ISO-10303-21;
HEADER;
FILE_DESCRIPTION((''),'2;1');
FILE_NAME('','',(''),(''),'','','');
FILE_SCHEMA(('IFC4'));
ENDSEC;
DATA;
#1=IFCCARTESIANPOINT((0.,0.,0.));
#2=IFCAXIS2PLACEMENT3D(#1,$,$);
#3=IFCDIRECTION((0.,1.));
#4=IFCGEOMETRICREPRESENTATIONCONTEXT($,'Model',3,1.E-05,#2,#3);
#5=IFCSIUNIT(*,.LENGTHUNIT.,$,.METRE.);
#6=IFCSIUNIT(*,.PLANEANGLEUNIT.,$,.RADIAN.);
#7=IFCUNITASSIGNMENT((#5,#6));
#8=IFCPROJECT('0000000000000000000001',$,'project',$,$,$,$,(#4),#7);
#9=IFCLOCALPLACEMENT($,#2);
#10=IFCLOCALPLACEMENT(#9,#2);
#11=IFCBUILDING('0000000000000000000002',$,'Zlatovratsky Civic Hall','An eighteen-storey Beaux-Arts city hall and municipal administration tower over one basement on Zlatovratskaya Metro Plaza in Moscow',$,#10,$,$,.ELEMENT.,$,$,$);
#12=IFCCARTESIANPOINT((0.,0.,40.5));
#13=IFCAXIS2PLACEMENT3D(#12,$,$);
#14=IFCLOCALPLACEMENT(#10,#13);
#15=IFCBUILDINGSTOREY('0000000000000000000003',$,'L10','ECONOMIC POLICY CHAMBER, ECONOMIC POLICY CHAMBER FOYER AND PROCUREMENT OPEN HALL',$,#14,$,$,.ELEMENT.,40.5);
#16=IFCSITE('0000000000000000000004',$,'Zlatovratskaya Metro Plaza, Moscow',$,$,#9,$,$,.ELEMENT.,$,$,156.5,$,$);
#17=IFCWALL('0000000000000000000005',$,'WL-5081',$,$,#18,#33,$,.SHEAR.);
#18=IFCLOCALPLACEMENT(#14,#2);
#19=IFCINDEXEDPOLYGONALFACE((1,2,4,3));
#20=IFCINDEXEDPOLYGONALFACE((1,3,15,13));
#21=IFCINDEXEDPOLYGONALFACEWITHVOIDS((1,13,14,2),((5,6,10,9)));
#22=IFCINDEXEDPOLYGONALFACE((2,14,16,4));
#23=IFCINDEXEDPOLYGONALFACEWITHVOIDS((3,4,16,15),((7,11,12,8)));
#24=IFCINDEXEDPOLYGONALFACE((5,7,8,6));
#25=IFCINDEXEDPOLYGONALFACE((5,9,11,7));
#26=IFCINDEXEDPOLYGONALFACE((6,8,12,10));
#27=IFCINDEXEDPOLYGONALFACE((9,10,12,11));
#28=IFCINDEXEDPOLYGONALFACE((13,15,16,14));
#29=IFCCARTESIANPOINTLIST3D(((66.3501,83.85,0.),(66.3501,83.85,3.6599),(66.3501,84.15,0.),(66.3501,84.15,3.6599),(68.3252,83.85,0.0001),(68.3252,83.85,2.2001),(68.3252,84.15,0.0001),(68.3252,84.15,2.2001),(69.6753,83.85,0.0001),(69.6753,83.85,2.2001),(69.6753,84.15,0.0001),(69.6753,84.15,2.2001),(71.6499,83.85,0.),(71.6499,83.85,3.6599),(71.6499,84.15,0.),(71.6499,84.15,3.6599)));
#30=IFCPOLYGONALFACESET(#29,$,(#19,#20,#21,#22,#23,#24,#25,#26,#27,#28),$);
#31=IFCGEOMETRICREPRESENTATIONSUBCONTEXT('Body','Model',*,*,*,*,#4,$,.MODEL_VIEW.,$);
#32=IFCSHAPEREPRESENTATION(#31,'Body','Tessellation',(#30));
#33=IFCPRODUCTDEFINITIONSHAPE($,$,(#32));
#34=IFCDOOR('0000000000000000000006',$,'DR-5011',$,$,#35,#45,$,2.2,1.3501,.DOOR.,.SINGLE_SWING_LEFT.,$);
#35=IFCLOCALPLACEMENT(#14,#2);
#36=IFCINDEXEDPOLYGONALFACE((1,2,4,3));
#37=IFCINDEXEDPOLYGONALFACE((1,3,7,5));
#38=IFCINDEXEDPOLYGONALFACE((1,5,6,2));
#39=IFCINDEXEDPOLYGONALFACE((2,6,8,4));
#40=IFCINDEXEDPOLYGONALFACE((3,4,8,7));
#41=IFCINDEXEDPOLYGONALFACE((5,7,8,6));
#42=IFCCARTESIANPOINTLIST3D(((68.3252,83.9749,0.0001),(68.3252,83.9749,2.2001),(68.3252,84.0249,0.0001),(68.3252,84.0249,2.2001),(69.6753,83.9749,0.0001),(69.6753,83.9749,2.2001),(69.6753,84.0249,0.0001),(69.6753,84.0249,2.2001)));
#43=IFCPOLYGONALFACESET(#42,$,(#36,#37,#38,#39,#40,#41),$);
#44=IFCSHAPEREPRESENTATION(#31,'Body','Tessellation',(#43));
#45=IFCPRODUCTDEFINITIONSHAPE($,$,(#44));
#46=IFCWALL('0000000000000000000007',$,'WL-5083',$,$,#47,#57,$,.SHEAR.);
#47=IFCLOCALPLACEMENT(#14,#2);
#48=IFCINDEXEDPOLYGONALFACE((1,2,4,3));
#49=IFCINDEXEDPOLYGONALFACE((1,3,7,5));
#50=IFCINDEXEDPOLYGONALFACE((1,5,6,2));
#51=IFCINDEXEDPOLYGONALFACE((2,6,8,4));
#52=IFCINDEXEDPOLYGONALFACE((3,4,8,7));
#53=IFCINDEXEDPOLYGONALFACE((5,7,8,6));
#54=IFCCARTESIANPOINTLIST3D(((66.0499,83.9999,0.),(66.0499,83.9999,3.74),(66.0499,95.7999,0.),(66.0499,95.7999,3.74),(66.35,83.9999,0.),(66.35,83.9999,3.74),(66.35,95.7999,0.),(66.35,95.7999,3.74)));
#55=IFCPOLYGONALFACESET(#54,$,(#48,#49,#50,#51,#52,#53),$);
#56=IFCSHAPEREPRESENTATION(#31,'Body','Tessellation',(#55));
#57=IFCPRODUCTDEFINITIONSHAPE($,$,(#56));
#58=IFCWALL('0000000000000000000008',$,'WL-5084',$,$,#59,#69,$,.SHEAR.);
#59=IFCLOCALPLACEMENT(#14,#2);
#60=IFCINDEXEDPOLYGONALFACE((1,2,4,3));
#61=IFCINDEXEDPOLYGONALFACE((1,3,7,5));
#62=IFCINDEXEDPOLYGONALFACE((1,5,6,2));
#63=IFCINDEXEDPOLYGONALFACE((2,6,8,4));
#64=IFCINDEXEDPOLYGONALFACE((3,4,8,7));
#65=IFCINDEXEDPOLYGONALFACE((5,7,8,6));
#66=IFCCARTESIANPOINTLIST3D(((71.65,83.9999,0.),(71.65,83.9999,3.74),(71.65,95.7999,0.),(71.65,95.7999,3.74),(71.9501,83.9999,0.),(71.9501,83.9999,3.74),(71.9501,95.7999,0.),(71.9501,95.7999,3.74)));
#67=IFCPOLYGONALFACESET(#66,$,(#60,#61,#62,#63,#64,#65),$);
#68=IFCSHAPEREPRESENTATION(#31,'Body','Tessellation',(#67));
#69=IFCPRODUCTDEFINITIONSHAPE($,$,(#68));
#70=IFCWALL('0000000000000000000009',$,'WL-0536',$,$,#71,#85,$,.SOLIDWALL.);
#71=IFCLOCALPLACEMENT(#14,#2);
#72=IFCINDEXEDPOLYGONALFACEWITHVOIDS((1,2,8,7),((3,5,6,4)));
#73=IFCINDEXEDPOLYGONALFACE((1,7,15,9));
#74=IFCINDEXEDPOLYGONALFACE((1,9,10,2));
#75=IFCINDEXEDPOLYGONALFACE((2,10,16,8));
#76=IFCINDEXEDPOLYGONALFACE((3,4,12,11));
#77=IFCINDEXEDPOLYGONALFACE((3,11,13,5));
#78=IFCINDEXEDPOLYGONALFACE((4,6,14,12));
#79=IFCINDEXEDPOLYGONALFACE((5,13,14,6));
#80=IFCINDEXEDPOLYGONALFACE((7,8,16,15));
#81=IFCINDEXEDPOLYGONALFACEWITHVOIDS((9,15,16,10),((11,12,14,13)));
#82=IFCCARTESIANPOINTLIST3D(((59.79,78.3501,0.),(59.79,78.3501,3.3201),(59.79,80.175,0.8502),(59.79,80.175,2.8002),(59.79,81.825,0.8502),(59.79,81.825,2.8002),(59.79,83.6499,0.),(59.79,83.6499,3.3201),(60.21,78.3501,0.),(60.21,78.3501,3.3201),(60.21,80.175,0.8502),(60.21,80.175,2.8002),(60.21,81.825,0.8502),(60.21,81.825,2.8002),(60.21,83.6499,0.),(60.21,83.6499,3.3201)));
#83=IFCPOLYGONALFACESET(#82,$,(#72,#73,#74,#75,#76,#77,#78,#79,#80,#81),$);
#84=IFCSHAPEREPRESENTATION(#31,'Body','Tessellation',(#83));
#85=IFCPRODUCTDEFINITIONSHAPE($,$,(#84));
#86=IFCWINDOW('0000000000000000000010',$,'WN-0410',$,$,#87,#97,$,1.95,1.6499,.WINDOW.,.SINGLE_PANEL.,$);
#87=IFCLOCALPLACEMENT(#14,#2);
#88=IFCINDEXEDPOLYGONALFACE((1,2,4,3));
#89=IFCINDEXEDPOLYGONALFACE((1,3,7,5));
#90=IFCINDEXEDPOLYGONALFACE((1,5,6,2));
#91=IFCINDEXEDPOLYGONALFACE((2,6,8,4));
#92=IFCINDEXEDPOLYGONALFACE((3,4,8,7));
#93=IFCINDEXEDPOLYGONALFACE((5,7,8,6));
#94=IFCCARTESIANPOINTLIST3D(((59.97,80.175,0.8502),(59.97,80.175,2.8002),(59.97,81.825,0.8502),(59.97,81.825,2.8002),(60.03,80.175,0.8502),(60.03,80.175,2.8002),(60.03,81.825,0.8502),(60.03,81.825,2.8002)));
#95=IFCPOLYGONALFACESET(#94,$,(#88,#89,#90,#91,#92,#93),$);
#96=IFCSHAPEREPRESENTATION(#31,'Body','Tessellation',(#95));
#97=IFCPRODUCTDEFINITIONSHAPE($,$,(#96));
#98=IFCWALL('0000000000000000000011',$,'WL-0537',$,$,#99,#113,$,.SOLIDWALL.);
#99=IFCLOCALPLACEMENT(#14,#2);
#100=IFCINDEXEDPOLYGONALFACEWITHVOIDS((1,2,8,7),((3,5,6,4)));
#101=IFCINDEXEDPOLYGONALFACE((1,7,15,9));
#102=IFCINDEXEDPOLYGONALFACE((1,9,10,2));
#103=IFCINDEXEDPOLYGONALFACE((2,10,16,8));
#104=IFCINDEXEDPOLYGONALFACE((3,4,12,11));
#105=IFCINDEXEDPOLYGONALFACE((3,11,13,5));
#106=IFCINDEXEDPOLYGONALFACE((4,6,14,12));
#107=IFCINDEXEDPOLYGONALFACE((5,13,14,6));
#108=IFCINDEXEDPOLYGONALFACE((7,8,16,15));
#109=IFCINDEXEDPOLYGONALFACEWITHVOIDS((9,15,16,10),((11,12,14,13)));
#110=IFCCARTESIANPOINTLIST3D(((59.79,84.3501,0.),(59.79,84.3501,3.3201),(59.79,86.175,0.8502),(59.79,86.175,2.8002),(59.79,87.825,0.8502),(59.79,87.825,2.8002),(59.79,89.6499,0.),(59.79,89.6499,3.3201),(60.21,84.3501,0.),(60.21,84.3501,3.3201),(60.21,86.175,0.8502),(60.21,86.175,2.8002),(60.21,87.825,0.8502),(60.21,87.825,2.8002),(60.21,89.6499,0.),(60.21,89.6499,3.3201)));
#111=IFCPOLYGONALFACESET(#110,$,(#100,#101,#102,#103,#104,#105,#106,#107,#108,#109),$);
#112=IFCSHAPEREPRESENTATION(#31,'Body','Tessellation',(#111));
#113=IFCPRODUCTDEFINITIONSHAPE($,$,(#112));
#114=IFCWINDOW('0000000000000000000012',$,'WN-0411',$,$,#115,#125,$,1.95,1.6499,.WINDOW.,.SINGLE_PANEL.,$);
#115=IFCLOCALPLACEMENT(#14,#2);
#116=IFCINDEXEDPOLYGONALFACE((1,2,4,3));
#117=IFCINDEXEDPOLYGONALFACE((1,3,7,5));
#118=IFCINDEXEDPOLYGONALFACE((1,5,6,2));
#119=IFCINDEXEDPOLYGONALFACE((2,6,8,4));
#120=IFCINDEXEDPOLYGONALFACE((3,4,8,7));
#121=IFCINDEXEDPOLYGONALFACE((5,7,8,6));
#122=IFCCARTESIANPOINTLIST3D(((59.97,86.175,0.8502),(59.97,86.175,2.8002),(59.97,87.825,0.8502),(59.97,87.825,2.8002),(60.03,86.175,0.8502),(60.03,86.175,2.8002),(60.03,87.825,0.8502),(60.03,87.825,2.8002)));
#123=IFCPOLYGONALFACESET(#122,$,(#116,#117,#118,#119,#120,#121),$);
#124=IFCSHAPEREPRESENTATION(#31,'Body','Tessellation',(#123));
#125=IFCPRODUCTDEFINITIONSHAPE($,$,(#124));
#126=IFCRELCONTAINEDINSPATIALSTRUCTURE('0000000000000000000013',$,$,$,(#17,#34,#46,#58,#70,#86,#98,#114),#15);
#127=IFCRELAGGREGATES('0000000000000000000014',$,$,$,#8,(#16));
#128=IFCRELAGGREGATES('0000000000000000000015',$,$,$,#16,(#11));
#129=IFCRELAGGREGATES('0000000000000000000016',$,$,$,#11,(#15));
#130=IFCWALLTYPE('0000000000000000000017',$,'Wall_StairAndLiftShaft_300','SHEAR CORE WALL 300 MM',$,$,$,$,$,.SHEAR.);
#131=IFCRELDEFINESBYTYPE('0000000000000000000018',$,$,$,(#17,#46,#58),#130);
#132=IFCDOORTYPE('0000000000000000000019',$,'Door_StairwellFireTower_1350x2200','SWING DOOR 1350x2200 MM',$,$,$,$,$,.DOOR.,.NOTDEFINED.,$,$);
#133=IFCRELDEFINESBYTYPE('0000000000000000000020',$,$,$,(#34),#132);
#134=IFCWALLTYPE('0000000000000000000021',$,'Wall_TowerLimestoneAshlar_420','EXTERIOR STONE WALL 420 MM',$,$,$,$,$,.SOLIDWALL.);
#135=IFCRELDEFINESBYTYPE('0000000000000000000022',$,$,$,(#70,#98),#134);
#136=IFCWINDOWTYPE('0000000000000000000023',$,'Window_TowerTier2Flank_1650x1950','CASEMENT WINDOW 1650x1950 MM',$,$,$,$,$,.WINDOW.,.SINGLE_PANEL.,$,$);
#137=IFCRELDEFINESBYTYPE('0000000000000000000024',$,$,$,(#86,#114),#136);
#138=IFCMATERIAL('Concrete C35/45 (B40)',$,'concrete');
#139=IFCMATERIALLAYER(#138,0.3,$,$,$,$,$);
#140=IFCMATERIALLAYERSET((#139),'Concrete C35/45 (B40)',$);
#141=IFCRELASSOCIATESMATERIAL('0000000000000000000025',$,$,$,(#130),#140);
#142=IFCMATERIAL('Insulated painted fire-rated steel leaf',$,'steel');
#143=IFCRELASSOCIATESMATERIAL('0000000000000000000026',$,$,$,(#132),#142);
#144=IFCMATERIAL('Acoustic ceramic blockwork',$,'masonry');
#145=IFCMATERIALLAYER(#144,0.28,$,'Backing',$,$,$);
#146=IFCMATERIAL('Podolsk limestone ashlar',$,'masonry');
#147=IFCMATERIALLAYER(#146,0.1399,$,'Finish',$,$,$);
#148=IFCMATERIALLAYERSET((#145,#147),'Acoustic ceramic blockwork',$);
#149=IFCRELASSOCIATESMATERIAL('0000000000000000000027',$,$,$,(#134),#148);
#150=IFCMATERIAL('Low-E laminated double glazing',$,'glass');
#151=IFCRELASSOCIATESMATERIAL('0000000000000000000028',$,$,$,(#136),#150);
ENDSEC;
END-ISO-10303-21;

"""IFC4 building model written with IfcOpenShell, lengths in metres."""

from ifc_helpers import new_model, si_unit, direction, frame, frame_2d, origin, place, context, subcontext, project, spatial, rectangle, extrude, material, layer, layer_set, type_object, element, fill, save


model = new_model("IFC4")

# Units and contexts
model_context = context("Model", 3, precision=1e-05, world=origin(), true_north=direction((0.0, 1.0)))
body_context = subcontext(model_context, "Body", "Model", "MODEL_VIEW")
ifc_project = project(units=[si_unit("LENGTHUNIT", "METRE"), si_unit("PLANEANGLEUNIT", "RADIAN")], contexts=[model_context])

# Site, building, storey
site_placement = place(None, origin())
site = spatial("IfcSite", under=ifc_project, at=site_placement, Name="Zlatovratskaya Metro Plaza, Moscow", CompositionType="ELEMENT", RefElevation=156.5)
building_placement = place(site_placement, origin())
building = spatial("IfcBuilding", under=site, at=building_placement, Name="Zlatovratsky Civic Hall", Description="An eighteen-storey Beaux-Arts city hall and municipal administration tower over one basement on Zlatovratskaya Metro Plaza in Moscow", CompositionType="ELEMENT")
storey_placement = place(building_placement, frame((0.0, 0.0, 40.5)))
storey = spatial("IfcBuildingStorey", under=building, at=storey_placement, Name="L10", Description="ECONOMIC POLICY CHAMBER, ECONOMIC POLICY CHAMBER FOYER AND PROCUREMENT OPEN HALL", CompositionType="ELEMENT", Elevation=40.5)

# Shared definitions
ifc_material_1 = material(Name="Concrete C35/45 (B40)", Category="concrete")

# Wall, opening, door
ifc_layer_1 = layer(ifc_material_1, 0.3)
ifc_layer_set_1 = layer_set([ifc_layer_1], Name="Concrete C35/45 (B40)")
wall_type_1 = type_object("IfcWallType", Name="Wall_StairAndLiftShaft_300", Description="SHEAR CORE WALL 300 MM", PredefinedType="SHEAR", material=ifc_layer_set_1)
wall_1_placement = place(storey_placement, frame((66.3501, 84.0, 0.0), z_axis=(0.0, 0.0, 1.0), x_axis=(1.0, 0.0, 0.0)))
wall_1 = element("IfcWall", 1, at=wall_1_placement, inside=storey, type_object=wall_type_1, Name="WL-5081", PredefinedType="SHEAR", context=body_context, shape_type="SweptSolid", body=[
    extrude(rectangle(XDim=5.2998, YDim=0.3, at=frame_2d((2.6499, 0.0))), origin(), (0.0, 0.0, 1.0), 3.6599),
])
opening_1_placement = place(wall_1_placement, frame((1.9751, 0.0, 0.0)))
opening_1 = element("IfcOpeningElement", 2, at=opening_1_placement, cuts=wall_1, PredefinedType="OPENING", context=body_context, shape_type="SweptSolid", body=[
    extrude(rectangle(XDim=1.3501, YDim=2.2, at=frame_2d((0.675, 1.1001))), frame((0.0, 0.165, 0.0), z_axis=(0.0, -1.0, 0.0), x_axis=(1.0, 0.0, 0.0)), (0.0, 0.0, 1.0), 0.3298),
])
ifc_material_2 = material(Name="Insulated painted fire-rated steel leaf", Category="steel")
door_type_1 = type_object("IfcDoorType", Name="Door_StairwellFireTower_1350x2200", Description="SWING DOOR 1350x2200 MM", OperationType="NOTDEFINED", PredefinedType="DOOR", material=ifc_material_2)
door_1_placement = place(opening_1_placement, origin())
door_1 = element("IfcDoor", 3, at=door_1_placement, inside=storey, type_object=door_type_1, Name="DR-5011", OperationType="SINGLE_SWING_LEFT", OverallHeight=2.2, OverallWidth=1.3501, PredefinedType="DOOR", context=body_context, shape_type="SweptSolid", body=[
    extrude(rectangle(XDim=1.3501, YDim=2.2, at=frame_2d((0.675, 1.1001))), frame((0.0, 0.0249, 0.0), z_axis=(0.0, -1.0, 0.0), x_axis=(1.0, 0.0, 0.0)), (0.0, 0.0, 1.0), 0.05),
])
fill(opening_1, door_1)

# Walls
for number, where, z_axis, x_axis, name in (
    (4, (66.2, 84.0, 0.0), (0.0, 0.0, 1.0), (0.0, 1.0, 0.0), "WL-5083"),
    (5, (71.8, 84.0, 0.0), (0.0, 0.0, 1.0), (0.0, 1.0, 0.0), "WL-5084"),
):
    element("IfcWall", number, at=place(storey_placement, frame(where, z_axis=z_axis, x_axis=x_axis)), inside=storey, type_object=wall_type_1, Name=name, PredefinedType="SHEAR", context=body_context, shape_type="SweptSolid", body=[
        extrude(rectangle(XDim=11.8, YDim=0.3, at=frame_2d((5.8999, 0.0))), origin(), (0.0, 0.0, 1.0), 3.74),
    ])

# Walls, openings, windows
ifc_material_3 = material(Name="Acoustic ceramic blockwork", Category="masonry")
ifc_layer_2 = layer(ifc_material_3, 0.28, Name="Backing")
ifc_material_4 = material(Name="Podolsk limestone ashlar", Category="masonry")
ifc_layer_3 = layer(ifc_material_4, 0.1399, Name="Finish")
ifc_layer_set_2 = layer_set([ifc_layer_2, ifc_layer_3], Name="Acoustic ceramic blockwork")
wall_type_2 = type_object("IfcWallType", Name="Wall_TowerLimestoneAshlar_420", Description="EXTERIOR STONE WALL 420 MM", PredefinedType="SOLIDWALL", material=ifc_layer_set_2)
wall_2_placement = place(storey_placement, frame((60.0, 78.3501, 0.0), z_axis=(0.0, 0.0, 1.0), x_axis=(0.0, 1.0, 0.0)))
wall_2 = element("IfcWall", 6, at=wall_2_placement, inside=storey, type_object=wall_type_2, Name="WL-0536", PredefinedType="SOLIDWALL", context=body_context, shape_type="SweptSolid", body=[
    extrude(rectangle(XDim=5.2998, YDim=0.4199, at=frame_2d((2.6499, 0.0))), origin(), (0.0, 0.0, 1.0), 3.3201),
])
opening_2_placement = place(wall_2_placement, frame((1.825, 0.0, 0.8501)))
opening_2 = element("IfcOpeningElement", 7, at=opening_2_placement, cuts=wall_2, PredefinedType="OPENING", context=body_context, shape_type="SweptSolid", body=[
    extrude(rectangle(XDim=1.6499, YDim=1.95, at=frame_2d((0.825, 0.9751))), frame((0.0, 0.2249, 0.0), z_axis=(0.0, -1.0, 0.0), x_axis=(1.0, 0.0, 0.0)), (0.0, 0.0, 1.0), 0.4497),
])
ifc_material_5 = material(Name="Low-E laminated double glazing", Category="glass")
window_type = type_object("IfcWindowType", Name="Window_TowerTier2Flank_1650x1950", Description="CASEMENT WINDOW 1650x1950 MM", PartitioningType="SINGLE_PANEL", PredefinedType="WINDOW", material=ifc_material_5)
window_1_placement = place(opening_2_placement, origin())
window_1 = element("IfcWindow", 8, at=window_1_placement, inside=storey, type_object=window_type, Name="WN-0410", OverallHeight=1.95, OverallWidth=1.6499, PartitioningType="SINGLE_PANEL", PredefinedType="WINDOW", context=body_context, shape_type="SweptSolid", body=[
    extrude(rectangle(XDim=1.6499, YDim=1.95, at=frame_2d((0.825, 0.9751))), frame((0.0, 0.03, 0.0), z_axis=(0.0, -1.0, 0.0), x_axis=(1.0, 0.0, 0.0)), (0.0, 0.0, 1.0), 0.0601),
])
fill(opening_2, window_1)
wall_3_placement = place(storey_placement, frame((60.0, 84.3501, 0.0), z_axis=(0.0, 0.0, 1.0), x_axis=(0.0, 1.0, 0.0)))
wall_3 = element("IfcWall", 9, at=wall_3_placement, inside=storey, type_object=wall_type_2, Name="WL-0537", PredefinedType="SOLIDWALL", context=body_context, shape_type="SweptSolid", body=[
    extrude(rectangle(XDim=5.2998, YDim=0.4199, at=frame_2d((2.6499, 0.0))), origin(), (0.0, 0.0, 1.0), 3.3201),
])
opening_3_placement = place(wall_3_placement, frame((1.825, 0.0, 0.8501)))
opening_3 = element("IfcOpeningElement", 10, at=opening_3_placement, cuts=wall_3, PredefinedType="OPENING", context=body_context, shape_type="SweptSolid", body=[
    extrude(rectangle(XDim=1.6499, YDim=1.95, at=frame_2d((0.825, 0.9751))), frame((0.0, 0.2249, 0.0), z_axis=(0.0, -1.0, 0.0), x_axis=(1.0, 0.0, 0.0)), (0.0, 0.0, 1.0), 0.4497),
])
window_2_placement = place(opening_3_placement, origin())
window_2 = element("IfcWindow", 11, at=window_2_placement, inside=storey, type_object=window_type, Name="WN-0411", OverallHeight=1.95, OverallWidth=1.6499, PartitioningType="SINGLE_PANEL", PredefinedType="WINDOW", context=body_context, shape_type="SweptSolid", body=[
    extrude(rectangle(XDim=1.6499, YDim=1.95, at=frame_2d((0.825, 0.9751))), frame((0.0, 0.03, 0.0), z_axis=(0.0, -1.0, 0.0), x_axis=(1.0, 0.0, 0.0)), (0.0, 0.0, 1.0), 0.0601),
])
fill(opening_3, window_2)

save(model, "model.ifc")
